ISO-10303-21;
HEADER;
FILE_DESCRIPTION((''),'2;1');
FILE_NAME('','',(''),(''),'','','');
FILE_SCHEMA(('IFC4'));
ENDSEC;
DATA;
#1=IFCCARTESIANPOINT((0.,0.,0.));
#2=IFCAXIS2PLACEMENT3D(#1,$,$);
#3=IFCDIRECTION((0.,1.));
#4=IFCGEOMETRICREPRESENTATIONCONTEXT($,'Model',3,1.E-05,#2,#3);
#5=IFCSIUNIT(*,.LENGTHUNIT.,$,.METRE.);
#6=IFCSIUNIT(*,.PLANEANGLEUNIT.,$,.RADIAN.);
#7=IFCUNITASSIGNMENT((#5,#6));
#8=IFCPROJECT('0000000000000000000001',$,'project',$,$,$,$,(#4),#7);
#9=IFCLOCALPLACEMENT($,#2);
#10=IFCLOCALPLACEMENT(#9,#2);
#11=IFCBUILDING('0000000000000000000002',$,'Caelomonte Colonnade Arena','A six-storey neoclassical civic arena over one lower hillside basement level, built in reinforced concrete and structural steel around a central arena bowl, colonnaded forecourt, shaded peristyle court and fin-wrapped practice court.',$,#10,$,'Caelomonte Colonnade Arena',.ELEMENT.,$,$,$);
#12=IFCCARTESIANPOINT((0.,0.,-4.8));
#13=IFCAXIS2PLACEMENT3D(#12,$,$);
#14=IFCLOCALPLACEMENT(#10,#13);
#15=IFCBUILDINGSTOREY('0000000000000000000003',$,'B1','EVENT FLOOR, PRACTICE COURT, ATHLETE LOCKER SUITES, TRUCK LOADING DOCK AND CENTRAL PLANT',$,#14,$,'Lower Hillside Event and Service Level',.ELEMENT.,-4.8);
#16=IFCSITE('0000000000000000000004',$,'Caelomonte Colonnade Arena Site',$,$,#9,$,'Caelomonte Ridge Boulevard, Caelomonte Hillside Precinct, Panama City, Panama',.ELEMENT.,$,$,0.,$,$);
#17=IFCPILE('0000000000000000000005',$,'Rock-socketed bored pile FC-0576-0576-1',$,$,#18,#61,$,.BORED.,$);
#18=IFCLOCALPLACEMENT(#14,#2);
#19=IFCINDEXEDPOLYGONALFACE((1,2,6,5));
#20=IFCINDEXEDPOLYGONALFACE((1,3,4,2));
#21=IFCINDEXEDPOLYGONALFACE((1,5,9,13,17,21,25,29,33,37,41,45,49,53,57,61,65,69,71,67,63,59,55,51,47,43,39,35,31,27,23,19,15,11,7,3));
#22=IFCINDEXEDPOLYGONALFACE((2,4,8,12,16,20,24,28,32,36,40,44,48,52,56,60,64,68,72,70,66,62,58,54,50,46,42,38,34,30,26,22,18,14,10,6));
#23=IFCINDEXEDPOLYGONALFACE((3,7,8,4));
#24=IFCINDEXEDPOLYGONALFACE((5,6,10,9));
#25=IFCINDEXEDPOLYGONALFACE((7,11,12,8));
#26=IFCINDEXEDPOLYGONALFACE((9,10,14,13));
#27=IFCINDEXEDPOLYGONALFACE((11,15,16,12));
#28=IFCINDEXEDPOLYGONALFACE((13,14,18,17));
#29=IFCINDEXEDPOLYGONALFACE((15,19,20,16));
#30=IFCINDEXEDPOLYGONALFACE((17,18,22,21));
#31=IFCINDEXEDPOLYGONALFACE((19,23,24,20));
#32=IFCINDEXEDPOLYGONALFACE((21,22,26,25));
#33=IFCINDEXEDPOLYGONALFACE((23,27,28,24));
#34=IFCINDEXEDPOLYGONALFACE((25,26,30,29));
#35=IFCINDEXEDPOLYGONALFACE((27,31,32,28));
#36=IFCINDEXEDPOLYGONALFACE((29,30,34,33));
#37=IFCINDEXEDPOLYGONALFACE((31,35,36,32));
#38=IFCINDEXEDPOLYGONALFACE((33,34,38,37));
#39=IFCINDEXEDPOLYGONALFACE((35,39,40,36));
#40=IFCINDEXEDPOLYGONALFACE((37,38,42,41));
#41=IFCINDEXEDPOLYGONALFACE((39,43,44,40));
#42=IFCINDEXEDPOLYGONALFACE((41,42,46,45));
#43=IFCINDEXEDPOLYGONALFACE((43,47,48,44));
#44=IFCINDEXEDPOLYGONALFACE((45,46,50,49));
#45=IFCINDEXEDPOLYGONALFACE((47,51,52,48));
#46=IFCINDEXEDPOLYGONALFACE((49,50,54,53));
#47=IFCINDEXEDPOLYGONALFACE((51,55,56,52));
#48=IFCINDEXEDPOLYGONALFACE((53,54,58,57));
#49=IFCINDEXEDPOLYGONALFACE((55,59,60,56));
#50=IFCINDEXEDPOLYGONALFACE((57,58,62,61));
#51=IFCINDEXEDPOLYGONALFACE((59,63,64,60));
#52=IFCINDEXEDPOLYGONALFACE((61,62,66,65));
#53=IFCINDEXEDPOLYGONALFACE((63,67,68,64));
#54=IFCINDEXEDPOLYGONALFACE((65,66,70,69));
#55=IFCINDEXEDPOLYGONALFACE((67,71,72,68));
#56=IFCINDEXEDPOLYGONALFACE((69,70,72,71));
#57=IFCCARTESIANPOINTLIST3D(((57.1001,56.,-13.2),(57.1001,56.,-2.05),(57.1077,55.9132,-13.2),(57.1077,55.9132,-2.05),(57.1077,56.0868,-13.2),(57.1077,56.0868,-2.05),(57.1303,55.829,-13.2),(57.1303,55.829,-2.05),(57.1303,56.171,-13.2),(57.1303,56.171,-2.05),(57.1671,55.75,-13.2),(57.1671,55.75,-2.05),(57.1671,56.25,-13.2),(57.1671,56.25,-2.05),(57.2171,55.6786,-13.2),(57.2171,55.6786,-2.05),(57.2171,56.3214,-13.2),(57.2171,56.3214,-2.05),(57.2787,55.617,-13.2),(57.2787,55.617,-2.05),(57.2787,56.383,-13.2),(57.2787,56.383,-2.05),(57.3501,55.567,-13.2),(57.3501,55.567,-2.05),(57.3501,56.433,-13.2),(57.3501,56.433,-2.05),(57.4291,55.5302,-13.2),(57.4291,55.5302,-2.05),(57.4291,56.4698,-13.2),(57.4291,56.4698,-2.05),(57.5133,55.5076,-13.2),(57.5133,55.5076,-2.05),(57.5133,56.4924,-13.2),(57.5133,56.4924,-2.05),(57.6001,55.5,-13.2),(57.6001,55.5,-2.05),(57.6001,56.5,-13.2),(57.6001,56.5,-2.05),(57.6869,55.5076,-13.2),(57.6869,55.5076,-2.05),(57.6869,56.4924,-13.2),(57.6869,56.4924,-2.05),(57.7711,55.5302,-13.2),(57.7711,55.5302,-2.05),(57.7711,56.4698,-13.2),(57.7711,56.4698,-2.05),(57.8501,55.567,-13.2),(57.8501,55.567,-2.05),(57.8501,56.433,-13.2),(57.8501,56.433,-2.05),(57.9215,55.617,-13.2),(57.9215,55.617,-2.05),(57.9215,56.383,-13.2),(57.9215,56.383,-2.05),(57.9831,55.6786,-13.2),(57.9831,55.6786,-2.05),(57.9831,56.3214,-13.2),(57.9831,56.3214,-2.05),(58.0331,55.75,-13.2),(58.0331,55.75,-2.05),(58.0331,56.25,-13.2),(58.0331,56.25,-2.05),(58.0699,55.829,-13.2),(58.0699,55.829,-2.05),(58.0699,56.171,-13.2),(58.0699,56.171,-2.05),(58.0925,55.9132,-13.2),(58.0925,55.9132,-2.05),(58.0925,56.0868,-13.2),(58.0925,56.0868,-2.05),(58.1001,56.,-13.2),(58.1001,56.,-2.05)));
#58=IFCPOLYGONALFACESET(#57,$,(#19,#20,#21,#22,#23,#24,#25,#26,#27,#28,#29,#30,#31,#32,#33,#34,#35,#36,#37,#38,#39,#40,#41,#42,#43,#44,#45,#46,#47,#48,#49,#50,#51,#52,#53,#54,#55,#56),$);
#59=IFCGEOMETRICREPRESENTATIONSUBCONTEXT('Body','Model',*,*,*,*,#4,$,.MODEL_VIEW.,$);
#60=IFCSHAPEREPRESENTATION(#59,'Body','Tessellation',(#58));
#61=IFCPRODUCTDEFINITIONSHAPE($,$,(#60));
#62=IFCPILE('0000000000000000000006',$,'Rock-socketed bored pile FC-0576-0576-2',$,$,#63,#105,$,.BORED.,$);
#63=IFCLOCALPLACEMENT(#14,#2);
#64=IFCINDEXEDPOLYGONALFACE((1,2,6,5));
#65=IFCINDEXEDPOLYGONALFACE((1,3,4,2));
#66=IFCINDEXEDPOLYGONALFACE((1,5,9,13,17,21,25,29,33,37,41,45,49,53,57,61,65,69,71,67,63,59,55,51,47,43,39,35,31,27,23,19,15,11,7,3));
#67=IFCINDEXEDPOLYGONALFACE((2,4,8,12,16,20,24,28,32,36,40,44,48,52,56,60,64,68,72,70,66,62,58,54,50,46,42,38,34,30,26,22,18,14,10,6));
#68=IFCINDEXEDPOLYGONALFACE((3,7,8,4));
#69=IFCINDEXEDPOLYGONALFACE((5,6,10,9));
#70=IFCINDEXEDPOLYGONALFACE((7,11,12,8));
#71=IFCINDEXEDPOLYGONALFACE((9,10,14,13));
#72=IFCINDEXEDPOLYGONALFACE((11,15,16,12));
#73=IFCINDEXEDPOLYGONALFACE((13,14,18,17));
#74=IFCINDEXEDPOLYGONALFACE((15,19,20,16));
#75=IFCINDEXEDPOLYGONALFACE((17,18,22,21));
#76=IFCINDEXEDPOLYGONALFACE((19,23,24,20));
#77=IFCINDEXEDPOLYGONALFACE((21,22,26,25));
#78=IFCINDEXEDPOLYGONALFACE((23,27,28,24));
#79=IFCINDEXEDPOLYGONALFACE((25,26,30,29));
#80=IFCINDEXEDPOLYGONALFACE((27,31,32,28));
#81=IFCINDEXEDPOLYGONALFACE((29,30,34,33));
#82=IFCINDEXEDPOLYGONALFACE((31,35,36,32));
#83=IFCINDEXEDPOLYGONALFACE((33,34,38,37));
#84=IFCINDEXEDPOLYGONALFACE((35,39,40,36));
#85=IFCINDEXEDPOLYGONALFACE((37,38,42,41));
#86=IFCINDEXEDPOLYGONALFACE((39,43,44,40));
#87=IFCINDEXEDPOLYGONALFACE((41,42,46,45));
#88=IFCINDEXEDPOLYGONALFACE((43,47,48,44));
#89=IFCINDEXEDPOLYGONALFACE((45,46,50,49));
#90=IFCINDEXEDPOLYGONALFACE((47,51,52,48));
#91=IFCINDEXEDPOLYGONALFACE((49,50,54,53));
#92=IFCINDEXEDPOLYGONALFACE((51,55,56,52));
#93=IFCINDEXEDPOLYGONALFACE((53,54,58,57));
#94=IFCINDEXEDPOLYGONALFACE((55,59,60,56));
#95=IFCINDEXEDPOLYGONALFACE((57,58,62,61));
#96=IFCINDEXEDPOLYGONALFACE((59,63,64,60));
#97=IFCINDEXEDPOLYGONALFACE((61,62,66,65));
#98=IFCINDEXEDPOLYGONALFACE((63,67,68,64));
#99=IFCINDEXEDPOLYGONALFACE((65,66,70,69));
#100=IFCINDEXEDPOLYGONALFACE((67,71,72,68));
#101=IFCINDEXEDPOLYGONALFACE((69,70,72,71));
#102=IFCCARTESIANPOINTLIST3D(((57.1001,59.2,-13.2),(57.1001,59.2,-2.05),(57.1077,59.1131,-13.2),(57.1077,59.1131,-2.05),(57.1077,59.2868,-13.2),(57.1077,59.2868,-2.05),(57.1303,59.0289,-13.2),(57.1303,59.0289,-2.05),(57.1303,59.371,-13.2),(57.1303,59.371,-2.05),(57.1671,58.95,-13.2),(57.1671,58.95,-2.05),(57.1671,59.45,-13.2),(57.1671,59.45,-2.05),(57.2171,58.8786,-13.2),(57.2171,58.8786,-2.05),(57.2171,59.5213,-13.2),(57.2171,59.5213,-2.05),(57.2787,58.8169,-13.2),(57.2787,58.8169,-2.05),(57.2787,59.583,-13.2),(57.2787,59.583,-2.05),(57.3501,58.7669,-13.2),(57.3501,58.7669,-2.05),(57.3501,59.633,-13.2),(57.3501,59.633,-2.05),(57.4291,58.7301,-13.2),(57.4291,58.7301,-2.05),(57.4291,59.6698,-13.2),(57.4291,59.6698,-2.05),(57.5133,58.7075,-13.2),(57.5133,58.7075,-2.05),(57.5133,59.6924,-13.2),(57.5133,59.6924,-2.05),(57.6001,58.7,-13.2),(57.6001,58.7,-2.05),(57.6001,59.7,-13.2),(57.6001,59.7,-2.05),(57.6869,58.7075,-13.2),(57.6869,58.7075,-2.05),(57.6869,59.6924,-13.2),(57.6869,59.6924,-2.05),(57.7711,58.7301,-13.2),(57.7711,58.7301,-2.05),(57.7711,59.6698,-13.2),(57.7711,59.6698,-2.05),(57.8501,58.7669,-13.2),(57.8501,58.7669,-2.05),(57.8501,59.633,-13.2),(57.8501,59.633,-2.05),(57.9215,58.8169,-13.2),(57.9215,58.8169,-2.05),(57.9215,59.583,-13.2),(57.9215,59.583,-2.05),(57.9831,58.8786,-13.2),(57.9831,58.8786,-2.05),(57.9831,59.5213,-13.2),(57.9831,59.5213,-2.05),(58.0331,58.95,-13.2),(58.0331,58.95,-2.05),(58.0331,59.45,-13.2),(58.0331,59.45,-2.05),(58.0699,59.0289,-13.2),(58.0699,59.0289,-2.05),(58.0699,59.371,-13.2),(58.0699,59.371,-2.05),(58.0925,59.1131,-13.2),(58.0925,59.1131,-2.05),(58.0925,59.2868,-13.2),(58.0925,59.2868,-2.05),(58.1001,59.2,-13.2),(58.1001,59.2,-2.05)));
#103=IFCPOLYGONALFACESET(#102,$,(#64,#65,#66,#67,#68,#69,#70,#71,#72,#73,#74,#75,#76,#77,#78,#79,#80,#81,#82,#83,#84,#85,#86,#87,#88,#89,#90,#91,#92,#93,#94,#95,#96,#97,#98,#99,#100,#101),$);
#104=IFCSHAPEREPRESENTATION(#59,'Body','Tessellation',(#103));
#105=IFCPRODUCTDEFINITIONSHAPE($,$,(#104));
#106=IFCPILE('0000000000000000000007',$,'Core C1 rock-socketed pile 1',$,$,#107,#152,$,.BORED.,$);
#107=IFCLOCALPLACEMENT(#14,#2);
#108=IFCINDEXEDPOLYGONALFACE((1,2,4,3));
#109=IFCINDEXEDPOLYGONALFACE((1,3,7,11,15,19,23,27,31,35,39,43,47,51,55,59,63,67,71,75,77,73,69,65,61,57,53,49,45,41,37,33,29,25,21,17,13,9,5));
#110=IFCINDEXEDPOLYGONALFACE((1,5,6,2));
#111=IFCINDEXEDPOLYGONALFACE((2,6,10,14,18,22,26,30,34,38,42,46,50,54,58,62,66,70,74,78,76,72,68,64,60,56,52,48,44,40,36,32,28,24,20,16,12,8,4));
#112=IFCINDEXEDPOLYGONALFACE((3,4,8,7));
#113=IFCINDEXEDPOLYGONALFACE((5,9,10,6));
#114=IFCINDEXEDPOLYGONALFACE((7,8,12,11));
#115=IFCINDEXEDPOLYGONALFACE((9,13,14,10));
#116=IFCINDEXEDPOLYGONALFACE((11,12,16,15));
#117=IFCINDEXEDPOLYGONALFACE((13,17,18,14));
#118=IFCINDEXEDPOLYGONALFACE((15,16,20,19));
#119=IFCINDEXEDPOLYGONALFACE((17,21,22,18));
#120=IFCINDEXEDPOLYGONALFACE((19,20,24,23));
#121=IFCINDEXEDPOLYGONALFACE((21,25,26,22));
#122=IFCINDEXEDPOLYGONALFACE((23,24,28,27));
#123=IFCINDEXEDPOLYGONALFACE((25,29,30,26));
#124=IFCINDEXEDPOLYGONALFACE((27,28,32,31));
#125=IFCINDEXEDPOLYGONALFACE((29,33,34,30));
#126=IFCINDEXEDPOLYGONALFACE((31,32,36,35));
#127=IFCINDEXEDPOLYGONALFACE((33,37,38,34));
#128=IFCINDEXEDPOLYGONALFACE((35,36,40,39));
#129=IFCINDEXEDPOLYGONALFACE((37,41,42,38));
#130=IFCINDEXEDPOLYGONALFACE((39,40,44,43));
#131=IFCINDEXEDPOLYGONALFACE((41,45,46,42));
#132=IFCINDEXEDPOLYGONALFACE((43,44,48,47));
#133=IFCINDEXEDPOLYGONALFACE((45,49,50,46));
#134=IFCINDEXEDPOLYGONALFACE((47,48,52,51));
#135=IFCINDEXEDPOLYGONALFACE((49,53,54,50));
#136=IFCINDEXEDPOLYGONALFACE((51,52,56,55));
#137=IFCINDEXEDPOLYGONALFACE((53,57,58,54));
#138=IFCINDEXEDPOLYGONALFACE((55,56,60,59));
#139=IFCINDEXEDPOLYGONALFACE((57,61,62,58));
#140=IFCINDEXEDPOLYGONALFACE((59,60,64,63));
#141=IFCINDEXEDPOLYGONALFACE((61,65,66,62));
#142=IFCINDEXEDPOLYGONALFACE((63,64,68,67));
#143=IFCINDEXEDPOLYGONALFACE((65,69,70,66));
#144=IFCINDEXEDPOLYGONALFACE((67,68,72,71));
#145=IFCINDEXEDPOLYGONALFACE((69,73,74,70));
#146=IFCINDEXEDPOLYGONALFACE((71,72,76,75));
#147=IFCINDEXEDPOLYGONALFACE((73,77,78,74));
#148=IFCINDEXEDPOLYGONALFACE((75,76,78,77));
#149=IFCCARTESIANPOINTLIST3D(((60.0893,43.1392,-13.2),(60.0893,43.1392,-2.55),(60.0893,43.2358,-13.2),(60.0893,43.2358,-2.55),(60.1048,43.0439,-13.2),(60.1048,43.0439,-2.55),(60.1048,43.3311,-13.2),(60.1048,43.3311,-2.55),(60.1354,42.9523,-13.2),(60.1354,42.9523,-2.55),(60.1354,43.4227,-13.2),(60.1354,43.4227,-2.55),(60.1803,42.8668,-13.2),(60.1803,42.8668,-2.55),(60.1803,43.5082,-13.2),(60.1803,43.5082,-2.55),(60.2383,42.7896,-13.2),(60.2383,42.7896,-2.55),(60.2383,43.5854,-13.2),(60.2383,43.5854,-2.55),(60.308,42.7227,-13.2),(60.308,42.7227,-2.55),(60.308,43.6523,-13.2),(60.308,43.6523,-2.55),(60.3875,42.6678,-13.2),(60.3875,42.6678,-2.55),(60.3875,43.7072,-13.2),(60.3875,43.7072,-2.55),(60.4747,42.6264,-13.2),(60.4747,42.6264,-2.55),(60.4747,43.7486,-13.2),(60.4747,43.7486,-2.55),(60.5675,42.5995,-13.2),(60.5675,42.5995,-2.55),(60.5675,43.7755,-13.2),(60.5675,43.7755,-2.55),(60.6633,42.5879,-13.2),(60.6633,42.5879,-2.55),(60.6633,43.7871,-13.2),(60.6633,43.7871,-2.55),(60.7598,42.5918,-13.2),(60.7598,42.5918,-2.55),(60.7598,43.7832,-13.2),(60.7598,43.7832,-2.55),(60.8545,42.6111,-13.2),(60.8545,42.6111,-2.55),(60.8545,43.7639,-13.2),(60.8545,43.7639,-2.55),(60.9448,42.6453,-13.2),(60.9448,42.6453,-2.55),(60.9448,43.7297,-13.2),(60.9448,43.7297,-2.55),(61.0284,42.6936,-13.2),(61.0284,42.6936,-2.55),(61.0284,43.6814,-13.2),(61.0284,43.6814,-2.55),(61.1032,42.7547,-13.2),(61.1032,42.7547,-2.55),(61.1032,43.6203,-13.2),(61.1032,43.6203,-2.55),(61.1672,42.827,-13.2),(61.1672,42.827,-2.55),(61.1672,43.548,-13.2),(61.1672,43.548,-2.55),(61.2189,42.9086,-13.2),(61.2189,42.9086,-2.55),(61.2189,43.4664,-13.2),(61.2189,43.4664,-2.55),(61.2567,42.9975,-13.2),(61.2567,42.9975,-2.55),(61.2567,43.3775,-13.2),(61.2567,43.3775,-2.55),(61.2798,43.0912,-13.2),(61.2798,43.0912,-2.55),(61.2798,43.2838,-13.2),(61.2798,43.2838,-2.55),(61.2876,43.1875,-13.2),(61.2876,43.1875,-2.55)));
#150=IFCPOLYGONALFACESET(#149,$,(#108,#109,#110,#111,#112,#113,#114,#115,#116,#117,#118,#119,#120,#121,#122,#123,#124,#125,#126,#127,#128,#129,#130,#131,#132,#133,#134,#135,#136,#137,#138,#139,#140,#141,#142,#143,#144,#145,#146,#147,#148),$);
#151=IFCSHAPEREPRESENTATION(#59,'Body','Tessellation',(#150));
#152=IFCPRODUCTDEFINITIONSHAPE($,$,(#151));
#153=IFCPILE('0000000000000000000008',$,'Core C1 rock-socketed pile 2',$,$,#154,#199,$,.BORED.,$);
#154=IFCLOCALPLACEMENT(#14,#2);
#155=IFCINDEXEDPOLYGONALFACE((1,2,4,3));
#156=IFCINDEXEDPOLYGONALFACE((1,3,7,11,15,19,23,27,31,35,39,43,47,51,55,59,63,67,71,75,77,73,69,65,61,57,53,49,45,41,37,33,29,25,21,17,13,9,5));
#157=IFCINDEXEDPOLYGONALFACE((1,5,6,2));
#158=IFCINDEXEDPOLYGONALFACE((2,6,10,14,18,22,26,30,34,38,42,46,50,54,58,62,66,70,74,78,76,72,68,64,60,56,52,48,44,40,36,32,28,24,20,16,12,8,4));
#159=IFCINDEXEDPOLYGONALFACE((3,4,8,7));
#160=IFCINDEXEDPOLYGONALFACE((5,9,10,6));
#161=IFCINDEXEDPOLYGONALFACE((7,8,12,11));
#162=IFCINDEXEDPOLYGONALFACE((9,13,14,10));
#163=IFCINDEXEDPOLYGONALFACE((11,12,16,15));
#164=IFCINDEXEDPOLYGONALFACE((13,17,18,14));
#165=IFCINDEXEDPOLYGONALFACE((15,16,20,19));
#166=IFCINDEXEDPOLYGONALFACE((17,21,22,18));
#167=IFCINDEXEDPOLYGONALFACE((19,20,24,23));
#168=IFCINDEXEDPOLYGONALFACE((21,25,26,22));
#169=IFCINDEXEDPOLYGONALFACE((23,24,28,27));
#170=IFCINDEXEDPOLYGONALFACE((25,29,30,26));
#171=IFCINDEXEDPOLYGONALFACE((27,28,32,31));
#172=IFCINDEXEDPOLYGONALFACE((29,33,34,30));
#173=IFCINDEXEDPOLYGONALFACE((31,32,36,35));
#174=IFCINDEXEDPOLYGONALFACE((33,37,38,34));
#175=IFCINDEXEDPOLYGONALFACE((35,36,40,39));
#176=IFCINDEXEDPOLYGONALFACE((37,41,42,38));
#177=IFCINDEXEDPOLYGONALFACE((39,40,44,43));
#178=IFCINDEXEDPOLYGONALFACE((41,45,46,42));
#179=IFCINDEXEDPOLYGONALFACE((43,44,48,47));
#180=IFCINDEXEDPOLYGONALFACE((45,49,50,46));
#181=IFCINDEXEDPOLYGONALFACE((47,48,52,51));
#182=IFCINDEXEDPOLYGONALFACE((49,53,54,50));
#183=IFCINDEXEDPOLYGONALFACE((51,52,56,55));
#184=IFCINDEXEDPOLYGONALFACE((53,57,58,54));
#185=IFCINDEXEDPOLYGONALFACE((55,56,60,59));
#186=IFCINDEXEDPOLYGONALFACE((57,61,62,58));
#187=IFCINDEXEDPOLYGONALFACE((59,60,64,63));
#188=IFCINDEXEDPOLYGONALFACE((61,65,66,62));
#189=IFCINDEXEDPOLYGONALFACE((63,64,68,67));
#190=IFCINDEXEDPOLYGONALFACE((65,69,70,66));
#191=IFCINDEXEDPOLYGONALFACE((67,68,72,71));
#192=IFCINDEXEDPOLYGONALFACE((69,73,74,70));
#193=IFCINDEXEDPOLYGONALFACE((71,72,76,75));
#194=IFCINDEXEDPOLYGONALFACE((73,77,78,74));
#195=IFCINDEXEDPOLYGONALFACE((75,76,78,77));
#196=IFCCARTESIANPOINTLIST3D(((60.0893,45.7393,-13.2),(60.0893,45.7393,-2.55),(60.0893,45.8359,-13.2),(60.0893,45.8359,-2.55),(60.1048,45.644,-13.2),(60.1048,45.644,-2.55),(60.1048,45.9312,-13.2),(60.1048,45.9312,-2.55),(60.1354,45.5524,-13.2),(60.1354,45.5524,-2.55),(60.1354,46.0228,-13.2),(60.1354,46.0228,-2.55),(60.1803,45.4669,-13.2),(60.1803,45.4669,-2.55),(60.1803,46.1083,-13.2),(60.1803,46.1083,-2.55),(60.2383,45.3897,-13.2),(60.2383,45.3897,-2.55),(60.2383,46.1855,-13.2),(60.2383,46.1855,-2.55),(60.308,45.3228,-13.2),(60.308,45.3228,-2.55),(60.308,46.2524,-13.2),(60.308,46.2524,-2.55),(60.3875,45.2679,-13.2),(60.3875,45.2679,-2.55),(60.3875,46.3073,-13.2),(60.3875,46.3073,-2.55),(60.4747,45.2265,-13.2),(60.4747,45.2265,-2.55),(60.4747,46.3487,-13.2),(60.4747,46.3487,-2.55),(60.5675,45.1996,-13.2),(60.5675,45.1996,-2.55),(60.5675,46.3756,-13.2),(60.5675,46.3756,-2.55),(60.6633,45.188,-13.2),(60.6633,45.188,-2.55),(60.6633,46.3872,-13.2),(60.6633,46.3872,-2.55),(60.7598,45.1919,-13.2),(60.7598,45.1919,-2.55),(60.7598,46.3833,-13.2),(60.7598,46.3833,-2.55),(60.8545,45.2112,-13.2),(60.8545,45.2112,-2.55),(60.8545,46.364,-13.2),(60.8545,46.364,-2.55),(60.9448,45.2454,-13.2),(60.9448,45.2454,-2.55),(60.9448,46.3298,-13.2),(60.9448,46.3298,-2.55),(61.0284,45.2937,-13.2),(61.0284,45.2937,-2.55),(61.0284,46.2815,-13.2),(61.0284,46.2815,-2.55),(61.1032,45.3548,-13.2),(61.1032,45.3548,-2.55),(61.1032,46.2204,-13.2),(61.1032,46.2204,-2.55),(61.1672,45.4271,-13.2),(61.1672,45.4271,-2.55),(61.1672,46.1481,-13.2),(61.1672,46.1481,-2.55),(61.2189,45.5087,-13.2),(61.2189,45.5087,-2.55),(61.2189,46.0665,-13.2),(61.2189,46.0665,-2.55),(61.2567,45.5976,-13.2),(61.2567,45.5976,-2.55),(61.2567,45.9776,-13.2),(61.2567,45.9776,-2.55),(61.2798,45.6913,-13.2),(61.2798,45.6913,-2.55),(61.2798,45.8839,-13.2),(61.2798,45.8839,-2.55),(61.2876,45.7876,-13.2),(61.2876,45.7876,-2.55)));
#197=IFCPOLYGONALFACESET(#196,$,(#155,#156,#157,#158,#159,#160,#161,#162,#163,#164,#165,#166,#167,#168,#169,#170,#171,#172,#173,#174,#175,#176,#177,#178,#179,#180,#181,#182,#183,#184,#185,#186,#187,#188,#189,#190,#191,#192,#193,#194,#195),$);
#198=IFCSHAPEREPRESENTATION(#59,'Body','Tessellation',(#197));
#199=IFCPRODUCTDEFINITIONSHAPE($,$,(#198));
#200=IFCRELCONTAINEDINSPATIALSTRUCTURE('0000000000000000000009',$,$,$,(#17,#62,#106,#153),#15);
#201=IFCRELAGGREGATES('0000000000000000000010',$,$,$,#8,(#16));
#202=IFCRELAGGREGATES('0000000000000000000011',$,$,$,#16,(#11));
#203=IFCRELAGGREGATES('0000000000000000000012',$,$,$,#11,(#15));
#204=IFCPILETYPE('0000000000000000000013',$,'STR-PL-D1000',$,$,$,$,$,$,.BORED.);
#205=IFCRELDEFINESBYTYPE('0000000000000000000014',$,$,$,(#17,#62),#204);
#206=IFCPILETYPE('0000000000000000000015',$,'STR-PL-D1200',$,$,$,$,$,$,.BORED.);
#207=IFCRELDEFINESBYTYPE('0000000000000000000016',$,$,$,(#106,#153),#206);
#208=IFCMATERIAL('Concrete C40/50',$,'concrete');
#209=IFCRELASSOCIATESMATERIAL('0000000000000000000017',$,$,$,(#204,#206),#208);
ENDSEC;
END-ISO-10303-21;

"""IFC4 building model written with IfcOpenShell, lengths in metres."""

from ifc_helpers import new_model, si_unit, direction, frame, origin, origin_2d, place, context, subcontext, project, spatial, circle, extrude, material, material_profile, profile_set, type_object, element, save


model = new_model("IFC4")

# Units and contexts
model_context = context("Model", 3, precision=1e-05, world=origin(), true_north=direction((0.0, 1.0)))
body_context = subcontext(model_context, "Body", "Model", "MODEL_VIEW")
ifc_project = project(units=[si_unit("LENGTHUNIT", "METRE"), si_unit("PLANEANGLEUNIT", "RADIAN")], contexts=[model_context])

# Site, building, storey
site_placement = place(None, origin())
site = spatial("IfcSite", under=ifc_project, at=site_placement, Name="Caelomonte Colonnade Arena Site", LongName="Caelomonte Ridge Boulevard, Caelomonte Hillside Precinct, Panama City, Panama", CompositionType="ELEMENT", RefElevation=0.0)
building_placement = place(site_placement, origin())
building = spatial("IfcBuilding", under=site, at=building_placement, Name="Caelomonte Colonnade Arena", Description="A six-storey neoclassical civic arena over one lower hillside basement level, built in reinforced concrete and structural steel around a central arena bowl, colonnaded forecourt, shaded peristyle court and fin-wrapped practice court.", LongName="Caelomonte Colonnade Arena", CompositionType="ELEMENT")
storey_placement = place(building_placement, frame((0.0, 0.0, -4.8)))
storey = spatial("IfcBuildingStorey", under=building, at=storey_placement, Name="B1", Description="EVENT FLOOR, PRACTICE COURT, ATHLETE LOCKER SUITES, TRUCK LOADING DOCK AND CENTRAL PLANT", LongName="Lower Hillside Event and Service Level", CompositionType="ELEMENT", Elevation=-4.8)

# Shared definitions
ifc_material_1 = material(Name="Concrete C40/50", Category="concrete")

# Piles
ifc_material_profile_1 = material_profile(ifc_material_1, circle(Radius=0.5, at=origin_2d()), Name="PILE-D1000")
ifc_profile_set_1 = profile_set([ifc_material_profile_1], Name="Concrete C40/50")
pile_type_1 = type_object("IfcPileType", Name="STR-PL-D1000", PredefinedType="BORED", material=ifc_profile_set_1)
for number, where, z_axis, x_axis, name in (
    (1, (57.6001, 56.0, -2.05), (0.0, 0.0, -1.0), (1.0, 0.0, 0.0), "Rock-socketed bored pile FC-0576-0576-1"),
    (2, (57.6001, 59.2, -2.05), (0.0, 0.0, -1.0), (1.0, 0.0, 0.0), "Rock-socketed bored pile FC-0576-0576-2"),
):
    element("IfcPile", number, at=place(storey_placement, frame(where, z_axis=z_axis, x_axis=x_axis)), inside=storey, type_object=pile_type_1, Name=name, PredefinedType="BORED", context=body_context, shape_type="SweptSolid", body=[
        extrude(circle(Radius=0.5, at=origin_2d()), origin(), (0.0, 0.0, 1.0), 11.1499),
    ])
ifc_material_profile_2 = material_profile(ifc_material_1, circle(Radius=0.6001, at=origin_2d()), Name="PILE-D1200")
ifc_profile_set_2 = profile_set([ifc_material_profile_2], Name="Concrete C40/50")
pile_type_2 = type_object("IfcPileType", Name="STR-PL-D1200", PredefinedType="BORED", material=ifc_profile_set_2)
for number, where, z_axis, x_axis, name in (
    (3, (60.6875, 43.1875, -2.55), (0.0, 0.0, -1.0), (1.0, 0.0, 0.0), "Core C1 rock-socketed pile 1"),
    (4, (60.6875, 45.7876, -2.55), (0.0, 0.0, -1.0), (1.0, 0.0, 0.0), "Core C1 rock-socketed pile 2"),
):
    element("IfcPile", number, at=place(storey_placement, frame(where, z_axis=z_axis, x_axis=x_axis)), inside=storey, type_object=pile_type_2, Name=name, PredefinedType="BORED", context=body_context, shape_type="SweptSolid", body=[
        extrude(circle(Radius=0.6001, at=origin_2d()), origin(), (0.0, 0.0, 1.0), 10.6499),
    ])

save(model, "model.ifc")
